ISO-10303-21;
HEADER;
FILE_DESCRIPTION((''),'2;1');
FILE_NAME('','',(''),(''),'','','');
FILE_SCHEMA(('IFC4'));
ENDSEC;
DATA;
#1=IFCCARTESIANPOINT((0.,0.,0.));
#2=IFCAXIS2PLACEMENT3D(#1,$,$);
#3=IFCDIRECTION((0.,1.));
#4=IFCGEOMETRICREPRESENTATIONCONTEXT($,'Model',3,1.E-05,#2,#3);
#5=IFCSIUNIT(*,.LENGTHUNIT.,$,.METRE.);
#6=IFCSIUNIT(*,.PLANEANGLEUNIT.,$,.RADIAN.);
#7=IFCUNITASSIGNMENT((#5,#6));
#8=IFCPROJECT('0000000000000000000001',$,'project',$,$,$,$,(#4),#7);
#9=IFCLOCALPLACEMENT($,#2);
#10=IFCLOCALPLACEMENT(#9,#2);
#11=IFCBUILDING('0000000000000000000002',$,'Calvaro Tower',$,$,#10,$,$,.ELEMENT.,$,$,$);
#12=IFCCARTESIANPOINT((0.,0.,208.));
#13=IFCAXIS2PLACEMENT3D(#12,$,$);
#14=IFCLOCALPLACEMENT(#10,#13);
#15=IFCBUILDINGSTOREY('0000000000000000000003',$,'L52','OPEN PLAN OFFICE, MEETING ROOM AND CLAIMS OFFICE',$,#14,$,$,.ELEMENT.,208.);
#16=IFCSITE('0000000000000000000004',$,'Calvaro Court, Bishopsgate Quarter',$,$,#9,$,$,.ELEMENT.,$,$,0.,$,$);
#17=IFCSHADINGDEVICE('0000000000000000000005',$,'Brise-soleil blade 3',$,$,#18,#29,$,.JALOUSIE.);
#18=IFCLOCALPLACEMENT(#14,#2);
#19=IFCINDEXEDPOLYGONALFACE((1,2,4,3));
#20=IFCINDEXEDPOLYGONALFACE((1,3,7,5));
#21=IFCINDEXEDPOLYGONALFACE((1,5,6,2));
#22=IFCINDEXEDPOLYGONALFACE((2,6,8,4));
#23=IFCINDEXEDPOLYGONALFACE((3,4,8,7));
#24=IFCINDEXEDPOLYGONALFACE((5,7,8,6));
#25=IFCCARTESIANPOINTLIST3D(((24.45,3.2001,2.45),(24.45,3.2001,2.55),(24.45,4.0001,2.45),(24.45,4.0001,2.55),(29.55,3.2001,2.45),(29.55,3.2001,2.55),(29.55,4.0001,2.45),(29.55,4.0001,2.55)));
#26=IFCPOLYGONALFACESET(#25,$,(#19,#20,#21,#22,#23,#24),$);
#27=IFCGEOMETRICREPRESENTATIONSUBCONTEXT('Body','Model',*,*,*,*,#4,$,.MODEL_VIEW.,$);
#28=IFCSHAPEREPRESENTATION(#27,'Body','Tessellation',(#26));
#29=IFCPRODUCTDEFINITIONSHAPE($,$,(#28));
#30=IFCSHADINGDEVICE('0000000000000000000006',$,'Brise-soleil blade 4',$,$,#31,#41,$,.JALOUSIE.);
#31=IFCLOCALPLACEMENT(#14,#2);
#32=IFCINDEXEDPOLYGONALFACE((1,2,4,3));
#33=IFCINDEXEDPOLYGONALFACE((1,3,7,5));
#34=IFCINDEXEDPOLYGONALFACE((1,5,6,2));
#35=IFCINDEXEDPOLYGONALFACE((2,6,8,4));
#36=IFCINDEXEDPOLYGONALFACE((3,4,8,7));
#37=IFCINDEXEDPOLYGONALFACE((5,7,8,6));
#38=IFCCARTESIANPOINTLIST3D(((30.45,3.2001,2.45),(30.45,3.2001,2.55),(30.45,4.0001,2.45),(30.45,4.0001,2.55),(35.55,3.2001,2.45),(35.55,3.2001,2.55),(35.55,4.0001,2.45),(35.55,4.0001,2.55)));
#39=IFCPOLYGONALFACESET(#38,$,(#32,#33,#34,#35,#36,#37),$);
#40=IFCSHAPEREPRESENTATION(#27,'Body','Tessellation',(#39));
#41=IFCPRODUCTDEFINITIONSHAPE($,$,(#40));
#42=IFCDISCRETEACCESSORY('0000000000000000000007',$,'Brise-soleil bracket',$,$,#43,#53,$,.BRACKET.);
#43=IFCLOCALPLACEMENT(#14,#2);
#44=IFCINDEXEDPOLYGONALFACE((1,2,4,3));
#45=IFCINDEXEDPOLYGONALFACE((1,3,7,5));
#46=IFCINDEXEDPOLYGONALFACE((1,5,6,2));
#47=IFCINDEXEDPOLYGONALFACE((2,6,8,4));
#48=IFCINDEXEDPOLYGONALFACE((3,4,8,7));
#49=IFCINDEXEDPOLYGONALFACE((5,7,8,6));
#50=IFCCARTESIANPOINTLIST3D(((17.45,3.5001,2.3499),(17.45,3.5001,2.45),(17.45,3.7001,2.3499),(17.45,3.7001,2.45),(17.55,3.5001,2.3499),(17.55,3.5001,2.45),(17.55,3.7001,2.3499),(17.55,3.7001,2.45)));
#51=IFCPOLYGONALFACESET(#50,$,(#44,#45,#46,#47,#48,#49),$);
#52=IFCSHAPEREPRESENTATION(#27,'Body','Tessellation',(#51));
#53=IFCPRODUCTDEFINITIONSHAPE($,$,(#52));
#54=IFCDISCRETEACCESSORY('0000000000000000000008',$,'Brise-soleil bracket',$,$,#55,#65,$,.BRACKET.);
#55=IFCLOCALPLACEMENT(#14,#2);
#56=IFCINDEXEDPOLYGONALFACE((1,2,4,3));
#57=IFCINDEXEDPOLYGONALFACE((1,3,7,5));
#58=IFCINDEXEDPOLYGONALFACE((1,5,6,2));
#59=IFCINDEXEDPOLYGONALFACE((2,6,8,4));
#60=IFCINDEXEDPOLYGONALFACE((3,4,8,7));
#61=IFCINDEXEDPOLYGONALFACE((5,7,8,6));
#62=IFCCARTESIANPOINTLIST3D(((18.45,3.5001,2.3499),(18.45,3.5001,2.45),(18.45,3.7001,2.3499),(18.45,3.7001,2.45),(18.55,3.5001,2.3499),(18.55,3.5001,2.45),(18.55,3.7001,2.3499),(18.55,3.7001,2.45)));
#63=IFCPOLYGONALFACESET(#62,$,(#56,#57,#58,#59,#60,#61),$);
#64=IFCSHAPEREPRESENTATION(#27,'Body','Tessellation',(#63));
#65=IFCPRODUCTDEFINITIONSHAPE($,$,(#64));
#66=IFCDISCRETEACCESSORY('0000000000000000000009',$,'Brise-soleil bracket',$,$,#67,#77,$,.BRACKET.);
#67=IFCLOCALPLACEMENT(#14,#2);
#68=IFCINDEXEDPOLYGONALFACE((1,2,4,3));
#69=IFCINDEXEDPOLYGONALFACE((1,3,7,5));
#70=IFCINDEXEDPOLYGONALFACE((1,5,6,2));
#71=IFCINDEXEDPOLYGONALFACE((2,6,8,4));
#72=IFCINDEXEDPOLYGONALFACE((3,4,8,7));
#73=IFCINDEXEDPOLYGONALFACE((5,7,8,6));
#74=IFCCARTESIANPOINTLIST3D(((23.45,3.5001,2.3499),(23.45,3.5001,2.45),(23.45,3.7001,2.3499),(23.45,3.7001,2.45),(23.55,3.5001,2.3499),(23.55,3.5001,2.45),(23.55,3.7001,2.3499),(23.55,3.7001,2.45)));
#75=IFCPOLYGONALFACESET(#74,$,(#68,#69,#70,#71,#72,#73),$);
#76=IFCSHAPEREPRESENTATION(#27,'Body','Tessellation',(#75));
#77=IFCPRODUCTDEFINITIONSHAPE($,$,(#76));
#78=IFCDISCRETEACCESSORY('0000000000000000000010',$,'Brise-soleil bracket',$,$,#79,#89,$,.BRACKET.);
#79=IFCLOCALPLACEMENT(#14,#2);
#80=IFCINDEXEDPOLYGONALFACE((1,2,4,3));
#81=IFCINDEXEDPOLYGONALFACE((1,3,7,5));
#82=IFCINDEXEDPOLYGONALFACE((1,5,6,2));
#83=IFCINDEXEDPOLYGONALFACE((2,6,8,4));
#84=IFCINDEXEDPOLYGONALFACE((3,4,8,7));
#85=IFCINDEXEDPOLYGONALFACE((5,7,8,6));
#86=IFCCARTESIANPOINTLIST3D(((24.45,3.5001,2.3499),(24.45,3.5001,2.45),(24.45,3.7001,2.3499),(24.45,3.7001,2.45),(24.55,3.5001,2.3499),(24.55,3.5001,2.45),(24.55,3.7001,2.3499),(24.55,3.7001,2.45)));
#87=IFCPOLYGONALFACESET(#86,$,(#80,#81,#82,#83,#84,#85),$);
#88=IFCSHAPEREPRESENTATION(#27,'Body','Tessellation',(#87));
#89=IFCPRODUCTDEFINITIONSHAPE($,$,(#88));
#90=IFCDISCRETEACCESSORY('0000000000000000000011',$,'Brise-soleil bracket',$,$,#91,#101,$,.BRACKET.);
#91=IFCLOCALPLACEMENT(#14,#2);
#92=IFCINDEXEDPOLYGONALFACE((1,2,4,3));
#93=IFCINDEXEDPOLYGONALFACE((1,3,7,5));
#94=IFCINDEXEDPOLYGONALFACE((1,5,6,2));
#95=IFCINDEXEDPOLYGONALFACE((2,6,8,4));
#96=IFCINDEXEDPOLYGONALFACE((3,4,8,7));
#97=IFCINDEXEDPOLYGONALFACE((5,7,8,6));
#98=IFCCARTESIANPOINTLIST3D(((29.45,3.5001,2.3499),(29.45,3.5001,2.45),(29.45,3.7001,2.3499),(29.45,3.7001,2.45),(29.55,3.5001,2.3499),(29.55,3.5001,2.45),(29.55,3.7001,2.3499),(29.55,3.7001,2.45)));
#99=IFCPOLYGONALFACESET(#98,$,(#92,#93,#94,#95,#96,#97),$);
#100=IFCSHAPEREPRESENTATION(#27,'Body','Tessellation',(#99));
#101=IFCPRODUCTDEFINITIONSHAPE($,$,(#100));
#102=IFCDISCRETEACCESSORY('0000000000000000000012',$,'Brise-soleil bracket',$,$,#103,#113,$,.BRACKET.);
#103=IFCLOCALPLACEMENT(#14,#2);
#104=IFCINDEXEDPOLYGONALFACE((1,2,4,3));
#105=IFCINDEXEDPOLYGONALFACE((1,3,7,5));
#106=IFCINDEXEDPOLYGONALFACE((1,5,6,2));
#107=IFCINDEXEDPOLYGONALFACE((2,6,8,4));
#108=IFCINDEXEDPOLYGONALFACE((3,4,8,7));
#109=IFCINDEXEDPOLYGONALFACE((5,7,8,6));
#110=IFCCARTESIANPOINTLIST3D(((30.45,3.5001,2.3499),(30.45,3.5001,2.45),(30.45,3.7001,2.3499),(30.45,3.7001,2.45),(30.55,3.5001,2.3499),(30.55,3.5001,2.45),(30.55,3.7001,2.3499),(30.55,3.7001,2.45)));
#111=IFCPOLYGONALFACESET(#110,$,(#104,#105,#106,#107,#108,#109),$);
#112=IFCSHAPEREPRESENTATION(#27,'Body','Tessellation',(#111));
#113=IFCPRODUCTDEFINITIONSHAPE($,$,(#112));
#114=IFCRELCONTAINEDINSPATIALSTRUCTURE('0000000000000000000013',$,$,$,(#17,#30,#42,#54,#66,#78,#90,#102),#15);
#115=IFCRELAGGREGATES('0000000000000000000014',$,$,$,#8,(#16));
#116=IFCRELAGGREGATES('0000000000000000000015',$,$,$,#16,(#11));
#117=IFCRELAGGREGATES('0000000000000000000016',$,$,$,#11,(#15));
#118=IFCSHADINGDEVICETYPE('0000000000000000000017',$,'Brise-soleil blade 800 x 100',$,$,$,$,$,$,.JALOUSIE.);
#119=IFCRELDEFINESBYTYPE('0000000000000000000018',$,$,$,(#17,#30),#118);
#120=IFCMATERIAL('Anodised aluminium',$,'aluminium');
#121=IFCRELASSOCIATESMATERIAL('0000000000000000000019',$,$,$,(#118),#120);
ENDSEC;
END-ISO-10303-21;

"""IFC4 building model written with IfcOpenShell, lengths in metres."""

from ifc_helpers import new_model, si_unit, direction, frame, origin, origin_2d, place, context, subcontext, project, spatial, rectangle, extrude, material, material_profile, profile_set, type_object, element, save


model = new_model("IFC4")

# Units and contexts
model_context = context("Model", 3, precision=1e-05, world=origin(), true_north=direction((0.0, 1.0)))
body_context = subcontext(model_context, "Body", "Model", "MODEL_VIEW")
ifc_project = project(units=[si_unit("LENGTHUNIT", "METRE"), si_unit("PLANEANGLEUNIT", "RADIAN")], contexts=[model_context])

# Site, building, storey
site_placement = place(None, origin())
site = spatial("IfcSite", under=ifc_project, at=site_placement, Name="Calvaro Court, Bishopsgate Quarter", CompositionType="ELEMENT", RefElevation=0.0)
building_placement = place(site_placement, origin())
building = spatial("IfcBuilding", under=site, at=building_placement, Name="Calvaro Tower", CompositionType="ELEMENT")
storey_placement = place(building_placement, frame((0.0, 0.0, 208.0)))
storey = spatial("IfcBuildingStorey", under=building, at=storey_placement, Name="L52", Description="OPEN PLAN OFFICE, MEETING ROOM AND CLAIMS OFFICE", CompositionType="ELEMENT", Elevation=208.0)

# Shading devices
ifc_material_1 = material(Name="Anodised aluminium", Category="aluminium")
ifc_material_profile_1 = material_profile(ifc_material_1, rectangle(XDim=0.8, YDim=0.1001, at=origin_2d()), Name="Brise-soleil blade 800 x 100")
ifc_profile_set_1 = profile_set([ifc_material_profile_1], Name="Anodised aluminium")
shading_device_type = type_object("IfcShadingDeviceType", Name="Brise-soleil blade 800 x 100", PredefinedType="JALOUSIE", material=ifc_profile_set_1)
for number, where, z_axis, x_axis, name in (
    (1, (24.45, 3.6001, 2.5), (1.0, 0.0, 0.0), (0.0, 1.0, 0.0), "Brise-soleil blade 3"),
    (2, (30.45, 3.6001, 2.5), (1.0, 0.0, 0.0), (0.0, 1.0, 0.0), "Brise-soleil blade 4"),
):
    element("IfcShadingDevice", number, at=place(storey_placement, frame(where, z_axis=z_axis, x_axis=x_axis)), inside=storey, type_object=shading_device_type, Name=name, PredefinedType="JALOUSIE", context=body_context, shape_type="SweptSolid", body=[
        extrude(rectangle(XDim=0.8, YDim=0.1001, at=origin_2d()), origin(), (0.0, 0.0, 1.0), 5.1001),
    ])

# Discrete accessories
for number, where, z_axis, x_axis, name in (
    (3, (17.5, 3.6001, 2.3499), (0.0, 0.0, 1.0), (1.0, 0.0, 0.0), "Brise-soleil bracket"),
    (4, (18.5, 3.6001, 2.3499), (0.0, 0.0, 1.0), (1.0, 0.0, 0.0), "Brise-soleil bracket"),
    (5, (23.5, 3.6001, 2.3499), (0.0, 0.0, 1.0), (1.0, 0.0, 0.0), "Brise-soleil bracket"),
    (6, (24.5, 3.6001, 2.3499), (0.0, 0.0, 1.0), (1.0, 0.0, 0.0), "Brise-soleil bracket"),
    (7, (29.5, 3.6001, 2.3499), (0.0, 0.0, 1.0), (1.0, 0.0, 0.0), "Brise-soleil bracket"),
    (8, (30.5, 3.6001, 2.3499), (0.0, 0.0, 1.0), (1.0, 0.0, 0.0), "Brise-soleil bracket"),
):
    element("IfcDiscreteAccessory", number, at=place(storey_placement, frame(where, z_axis=z_axis, x_axis=x_axis)), inside=storey, Name=name, PredefinedType="BRACKET", context=body_context, shape_type="SweptSolid", body=[
        extrude(rectangle(XDim=0.1001, YDim=0.2, at=origin_2d()), origin(), (0.0, 0.0, 1.0), 0.1001),
    ])

save(model, "model.ifc")
